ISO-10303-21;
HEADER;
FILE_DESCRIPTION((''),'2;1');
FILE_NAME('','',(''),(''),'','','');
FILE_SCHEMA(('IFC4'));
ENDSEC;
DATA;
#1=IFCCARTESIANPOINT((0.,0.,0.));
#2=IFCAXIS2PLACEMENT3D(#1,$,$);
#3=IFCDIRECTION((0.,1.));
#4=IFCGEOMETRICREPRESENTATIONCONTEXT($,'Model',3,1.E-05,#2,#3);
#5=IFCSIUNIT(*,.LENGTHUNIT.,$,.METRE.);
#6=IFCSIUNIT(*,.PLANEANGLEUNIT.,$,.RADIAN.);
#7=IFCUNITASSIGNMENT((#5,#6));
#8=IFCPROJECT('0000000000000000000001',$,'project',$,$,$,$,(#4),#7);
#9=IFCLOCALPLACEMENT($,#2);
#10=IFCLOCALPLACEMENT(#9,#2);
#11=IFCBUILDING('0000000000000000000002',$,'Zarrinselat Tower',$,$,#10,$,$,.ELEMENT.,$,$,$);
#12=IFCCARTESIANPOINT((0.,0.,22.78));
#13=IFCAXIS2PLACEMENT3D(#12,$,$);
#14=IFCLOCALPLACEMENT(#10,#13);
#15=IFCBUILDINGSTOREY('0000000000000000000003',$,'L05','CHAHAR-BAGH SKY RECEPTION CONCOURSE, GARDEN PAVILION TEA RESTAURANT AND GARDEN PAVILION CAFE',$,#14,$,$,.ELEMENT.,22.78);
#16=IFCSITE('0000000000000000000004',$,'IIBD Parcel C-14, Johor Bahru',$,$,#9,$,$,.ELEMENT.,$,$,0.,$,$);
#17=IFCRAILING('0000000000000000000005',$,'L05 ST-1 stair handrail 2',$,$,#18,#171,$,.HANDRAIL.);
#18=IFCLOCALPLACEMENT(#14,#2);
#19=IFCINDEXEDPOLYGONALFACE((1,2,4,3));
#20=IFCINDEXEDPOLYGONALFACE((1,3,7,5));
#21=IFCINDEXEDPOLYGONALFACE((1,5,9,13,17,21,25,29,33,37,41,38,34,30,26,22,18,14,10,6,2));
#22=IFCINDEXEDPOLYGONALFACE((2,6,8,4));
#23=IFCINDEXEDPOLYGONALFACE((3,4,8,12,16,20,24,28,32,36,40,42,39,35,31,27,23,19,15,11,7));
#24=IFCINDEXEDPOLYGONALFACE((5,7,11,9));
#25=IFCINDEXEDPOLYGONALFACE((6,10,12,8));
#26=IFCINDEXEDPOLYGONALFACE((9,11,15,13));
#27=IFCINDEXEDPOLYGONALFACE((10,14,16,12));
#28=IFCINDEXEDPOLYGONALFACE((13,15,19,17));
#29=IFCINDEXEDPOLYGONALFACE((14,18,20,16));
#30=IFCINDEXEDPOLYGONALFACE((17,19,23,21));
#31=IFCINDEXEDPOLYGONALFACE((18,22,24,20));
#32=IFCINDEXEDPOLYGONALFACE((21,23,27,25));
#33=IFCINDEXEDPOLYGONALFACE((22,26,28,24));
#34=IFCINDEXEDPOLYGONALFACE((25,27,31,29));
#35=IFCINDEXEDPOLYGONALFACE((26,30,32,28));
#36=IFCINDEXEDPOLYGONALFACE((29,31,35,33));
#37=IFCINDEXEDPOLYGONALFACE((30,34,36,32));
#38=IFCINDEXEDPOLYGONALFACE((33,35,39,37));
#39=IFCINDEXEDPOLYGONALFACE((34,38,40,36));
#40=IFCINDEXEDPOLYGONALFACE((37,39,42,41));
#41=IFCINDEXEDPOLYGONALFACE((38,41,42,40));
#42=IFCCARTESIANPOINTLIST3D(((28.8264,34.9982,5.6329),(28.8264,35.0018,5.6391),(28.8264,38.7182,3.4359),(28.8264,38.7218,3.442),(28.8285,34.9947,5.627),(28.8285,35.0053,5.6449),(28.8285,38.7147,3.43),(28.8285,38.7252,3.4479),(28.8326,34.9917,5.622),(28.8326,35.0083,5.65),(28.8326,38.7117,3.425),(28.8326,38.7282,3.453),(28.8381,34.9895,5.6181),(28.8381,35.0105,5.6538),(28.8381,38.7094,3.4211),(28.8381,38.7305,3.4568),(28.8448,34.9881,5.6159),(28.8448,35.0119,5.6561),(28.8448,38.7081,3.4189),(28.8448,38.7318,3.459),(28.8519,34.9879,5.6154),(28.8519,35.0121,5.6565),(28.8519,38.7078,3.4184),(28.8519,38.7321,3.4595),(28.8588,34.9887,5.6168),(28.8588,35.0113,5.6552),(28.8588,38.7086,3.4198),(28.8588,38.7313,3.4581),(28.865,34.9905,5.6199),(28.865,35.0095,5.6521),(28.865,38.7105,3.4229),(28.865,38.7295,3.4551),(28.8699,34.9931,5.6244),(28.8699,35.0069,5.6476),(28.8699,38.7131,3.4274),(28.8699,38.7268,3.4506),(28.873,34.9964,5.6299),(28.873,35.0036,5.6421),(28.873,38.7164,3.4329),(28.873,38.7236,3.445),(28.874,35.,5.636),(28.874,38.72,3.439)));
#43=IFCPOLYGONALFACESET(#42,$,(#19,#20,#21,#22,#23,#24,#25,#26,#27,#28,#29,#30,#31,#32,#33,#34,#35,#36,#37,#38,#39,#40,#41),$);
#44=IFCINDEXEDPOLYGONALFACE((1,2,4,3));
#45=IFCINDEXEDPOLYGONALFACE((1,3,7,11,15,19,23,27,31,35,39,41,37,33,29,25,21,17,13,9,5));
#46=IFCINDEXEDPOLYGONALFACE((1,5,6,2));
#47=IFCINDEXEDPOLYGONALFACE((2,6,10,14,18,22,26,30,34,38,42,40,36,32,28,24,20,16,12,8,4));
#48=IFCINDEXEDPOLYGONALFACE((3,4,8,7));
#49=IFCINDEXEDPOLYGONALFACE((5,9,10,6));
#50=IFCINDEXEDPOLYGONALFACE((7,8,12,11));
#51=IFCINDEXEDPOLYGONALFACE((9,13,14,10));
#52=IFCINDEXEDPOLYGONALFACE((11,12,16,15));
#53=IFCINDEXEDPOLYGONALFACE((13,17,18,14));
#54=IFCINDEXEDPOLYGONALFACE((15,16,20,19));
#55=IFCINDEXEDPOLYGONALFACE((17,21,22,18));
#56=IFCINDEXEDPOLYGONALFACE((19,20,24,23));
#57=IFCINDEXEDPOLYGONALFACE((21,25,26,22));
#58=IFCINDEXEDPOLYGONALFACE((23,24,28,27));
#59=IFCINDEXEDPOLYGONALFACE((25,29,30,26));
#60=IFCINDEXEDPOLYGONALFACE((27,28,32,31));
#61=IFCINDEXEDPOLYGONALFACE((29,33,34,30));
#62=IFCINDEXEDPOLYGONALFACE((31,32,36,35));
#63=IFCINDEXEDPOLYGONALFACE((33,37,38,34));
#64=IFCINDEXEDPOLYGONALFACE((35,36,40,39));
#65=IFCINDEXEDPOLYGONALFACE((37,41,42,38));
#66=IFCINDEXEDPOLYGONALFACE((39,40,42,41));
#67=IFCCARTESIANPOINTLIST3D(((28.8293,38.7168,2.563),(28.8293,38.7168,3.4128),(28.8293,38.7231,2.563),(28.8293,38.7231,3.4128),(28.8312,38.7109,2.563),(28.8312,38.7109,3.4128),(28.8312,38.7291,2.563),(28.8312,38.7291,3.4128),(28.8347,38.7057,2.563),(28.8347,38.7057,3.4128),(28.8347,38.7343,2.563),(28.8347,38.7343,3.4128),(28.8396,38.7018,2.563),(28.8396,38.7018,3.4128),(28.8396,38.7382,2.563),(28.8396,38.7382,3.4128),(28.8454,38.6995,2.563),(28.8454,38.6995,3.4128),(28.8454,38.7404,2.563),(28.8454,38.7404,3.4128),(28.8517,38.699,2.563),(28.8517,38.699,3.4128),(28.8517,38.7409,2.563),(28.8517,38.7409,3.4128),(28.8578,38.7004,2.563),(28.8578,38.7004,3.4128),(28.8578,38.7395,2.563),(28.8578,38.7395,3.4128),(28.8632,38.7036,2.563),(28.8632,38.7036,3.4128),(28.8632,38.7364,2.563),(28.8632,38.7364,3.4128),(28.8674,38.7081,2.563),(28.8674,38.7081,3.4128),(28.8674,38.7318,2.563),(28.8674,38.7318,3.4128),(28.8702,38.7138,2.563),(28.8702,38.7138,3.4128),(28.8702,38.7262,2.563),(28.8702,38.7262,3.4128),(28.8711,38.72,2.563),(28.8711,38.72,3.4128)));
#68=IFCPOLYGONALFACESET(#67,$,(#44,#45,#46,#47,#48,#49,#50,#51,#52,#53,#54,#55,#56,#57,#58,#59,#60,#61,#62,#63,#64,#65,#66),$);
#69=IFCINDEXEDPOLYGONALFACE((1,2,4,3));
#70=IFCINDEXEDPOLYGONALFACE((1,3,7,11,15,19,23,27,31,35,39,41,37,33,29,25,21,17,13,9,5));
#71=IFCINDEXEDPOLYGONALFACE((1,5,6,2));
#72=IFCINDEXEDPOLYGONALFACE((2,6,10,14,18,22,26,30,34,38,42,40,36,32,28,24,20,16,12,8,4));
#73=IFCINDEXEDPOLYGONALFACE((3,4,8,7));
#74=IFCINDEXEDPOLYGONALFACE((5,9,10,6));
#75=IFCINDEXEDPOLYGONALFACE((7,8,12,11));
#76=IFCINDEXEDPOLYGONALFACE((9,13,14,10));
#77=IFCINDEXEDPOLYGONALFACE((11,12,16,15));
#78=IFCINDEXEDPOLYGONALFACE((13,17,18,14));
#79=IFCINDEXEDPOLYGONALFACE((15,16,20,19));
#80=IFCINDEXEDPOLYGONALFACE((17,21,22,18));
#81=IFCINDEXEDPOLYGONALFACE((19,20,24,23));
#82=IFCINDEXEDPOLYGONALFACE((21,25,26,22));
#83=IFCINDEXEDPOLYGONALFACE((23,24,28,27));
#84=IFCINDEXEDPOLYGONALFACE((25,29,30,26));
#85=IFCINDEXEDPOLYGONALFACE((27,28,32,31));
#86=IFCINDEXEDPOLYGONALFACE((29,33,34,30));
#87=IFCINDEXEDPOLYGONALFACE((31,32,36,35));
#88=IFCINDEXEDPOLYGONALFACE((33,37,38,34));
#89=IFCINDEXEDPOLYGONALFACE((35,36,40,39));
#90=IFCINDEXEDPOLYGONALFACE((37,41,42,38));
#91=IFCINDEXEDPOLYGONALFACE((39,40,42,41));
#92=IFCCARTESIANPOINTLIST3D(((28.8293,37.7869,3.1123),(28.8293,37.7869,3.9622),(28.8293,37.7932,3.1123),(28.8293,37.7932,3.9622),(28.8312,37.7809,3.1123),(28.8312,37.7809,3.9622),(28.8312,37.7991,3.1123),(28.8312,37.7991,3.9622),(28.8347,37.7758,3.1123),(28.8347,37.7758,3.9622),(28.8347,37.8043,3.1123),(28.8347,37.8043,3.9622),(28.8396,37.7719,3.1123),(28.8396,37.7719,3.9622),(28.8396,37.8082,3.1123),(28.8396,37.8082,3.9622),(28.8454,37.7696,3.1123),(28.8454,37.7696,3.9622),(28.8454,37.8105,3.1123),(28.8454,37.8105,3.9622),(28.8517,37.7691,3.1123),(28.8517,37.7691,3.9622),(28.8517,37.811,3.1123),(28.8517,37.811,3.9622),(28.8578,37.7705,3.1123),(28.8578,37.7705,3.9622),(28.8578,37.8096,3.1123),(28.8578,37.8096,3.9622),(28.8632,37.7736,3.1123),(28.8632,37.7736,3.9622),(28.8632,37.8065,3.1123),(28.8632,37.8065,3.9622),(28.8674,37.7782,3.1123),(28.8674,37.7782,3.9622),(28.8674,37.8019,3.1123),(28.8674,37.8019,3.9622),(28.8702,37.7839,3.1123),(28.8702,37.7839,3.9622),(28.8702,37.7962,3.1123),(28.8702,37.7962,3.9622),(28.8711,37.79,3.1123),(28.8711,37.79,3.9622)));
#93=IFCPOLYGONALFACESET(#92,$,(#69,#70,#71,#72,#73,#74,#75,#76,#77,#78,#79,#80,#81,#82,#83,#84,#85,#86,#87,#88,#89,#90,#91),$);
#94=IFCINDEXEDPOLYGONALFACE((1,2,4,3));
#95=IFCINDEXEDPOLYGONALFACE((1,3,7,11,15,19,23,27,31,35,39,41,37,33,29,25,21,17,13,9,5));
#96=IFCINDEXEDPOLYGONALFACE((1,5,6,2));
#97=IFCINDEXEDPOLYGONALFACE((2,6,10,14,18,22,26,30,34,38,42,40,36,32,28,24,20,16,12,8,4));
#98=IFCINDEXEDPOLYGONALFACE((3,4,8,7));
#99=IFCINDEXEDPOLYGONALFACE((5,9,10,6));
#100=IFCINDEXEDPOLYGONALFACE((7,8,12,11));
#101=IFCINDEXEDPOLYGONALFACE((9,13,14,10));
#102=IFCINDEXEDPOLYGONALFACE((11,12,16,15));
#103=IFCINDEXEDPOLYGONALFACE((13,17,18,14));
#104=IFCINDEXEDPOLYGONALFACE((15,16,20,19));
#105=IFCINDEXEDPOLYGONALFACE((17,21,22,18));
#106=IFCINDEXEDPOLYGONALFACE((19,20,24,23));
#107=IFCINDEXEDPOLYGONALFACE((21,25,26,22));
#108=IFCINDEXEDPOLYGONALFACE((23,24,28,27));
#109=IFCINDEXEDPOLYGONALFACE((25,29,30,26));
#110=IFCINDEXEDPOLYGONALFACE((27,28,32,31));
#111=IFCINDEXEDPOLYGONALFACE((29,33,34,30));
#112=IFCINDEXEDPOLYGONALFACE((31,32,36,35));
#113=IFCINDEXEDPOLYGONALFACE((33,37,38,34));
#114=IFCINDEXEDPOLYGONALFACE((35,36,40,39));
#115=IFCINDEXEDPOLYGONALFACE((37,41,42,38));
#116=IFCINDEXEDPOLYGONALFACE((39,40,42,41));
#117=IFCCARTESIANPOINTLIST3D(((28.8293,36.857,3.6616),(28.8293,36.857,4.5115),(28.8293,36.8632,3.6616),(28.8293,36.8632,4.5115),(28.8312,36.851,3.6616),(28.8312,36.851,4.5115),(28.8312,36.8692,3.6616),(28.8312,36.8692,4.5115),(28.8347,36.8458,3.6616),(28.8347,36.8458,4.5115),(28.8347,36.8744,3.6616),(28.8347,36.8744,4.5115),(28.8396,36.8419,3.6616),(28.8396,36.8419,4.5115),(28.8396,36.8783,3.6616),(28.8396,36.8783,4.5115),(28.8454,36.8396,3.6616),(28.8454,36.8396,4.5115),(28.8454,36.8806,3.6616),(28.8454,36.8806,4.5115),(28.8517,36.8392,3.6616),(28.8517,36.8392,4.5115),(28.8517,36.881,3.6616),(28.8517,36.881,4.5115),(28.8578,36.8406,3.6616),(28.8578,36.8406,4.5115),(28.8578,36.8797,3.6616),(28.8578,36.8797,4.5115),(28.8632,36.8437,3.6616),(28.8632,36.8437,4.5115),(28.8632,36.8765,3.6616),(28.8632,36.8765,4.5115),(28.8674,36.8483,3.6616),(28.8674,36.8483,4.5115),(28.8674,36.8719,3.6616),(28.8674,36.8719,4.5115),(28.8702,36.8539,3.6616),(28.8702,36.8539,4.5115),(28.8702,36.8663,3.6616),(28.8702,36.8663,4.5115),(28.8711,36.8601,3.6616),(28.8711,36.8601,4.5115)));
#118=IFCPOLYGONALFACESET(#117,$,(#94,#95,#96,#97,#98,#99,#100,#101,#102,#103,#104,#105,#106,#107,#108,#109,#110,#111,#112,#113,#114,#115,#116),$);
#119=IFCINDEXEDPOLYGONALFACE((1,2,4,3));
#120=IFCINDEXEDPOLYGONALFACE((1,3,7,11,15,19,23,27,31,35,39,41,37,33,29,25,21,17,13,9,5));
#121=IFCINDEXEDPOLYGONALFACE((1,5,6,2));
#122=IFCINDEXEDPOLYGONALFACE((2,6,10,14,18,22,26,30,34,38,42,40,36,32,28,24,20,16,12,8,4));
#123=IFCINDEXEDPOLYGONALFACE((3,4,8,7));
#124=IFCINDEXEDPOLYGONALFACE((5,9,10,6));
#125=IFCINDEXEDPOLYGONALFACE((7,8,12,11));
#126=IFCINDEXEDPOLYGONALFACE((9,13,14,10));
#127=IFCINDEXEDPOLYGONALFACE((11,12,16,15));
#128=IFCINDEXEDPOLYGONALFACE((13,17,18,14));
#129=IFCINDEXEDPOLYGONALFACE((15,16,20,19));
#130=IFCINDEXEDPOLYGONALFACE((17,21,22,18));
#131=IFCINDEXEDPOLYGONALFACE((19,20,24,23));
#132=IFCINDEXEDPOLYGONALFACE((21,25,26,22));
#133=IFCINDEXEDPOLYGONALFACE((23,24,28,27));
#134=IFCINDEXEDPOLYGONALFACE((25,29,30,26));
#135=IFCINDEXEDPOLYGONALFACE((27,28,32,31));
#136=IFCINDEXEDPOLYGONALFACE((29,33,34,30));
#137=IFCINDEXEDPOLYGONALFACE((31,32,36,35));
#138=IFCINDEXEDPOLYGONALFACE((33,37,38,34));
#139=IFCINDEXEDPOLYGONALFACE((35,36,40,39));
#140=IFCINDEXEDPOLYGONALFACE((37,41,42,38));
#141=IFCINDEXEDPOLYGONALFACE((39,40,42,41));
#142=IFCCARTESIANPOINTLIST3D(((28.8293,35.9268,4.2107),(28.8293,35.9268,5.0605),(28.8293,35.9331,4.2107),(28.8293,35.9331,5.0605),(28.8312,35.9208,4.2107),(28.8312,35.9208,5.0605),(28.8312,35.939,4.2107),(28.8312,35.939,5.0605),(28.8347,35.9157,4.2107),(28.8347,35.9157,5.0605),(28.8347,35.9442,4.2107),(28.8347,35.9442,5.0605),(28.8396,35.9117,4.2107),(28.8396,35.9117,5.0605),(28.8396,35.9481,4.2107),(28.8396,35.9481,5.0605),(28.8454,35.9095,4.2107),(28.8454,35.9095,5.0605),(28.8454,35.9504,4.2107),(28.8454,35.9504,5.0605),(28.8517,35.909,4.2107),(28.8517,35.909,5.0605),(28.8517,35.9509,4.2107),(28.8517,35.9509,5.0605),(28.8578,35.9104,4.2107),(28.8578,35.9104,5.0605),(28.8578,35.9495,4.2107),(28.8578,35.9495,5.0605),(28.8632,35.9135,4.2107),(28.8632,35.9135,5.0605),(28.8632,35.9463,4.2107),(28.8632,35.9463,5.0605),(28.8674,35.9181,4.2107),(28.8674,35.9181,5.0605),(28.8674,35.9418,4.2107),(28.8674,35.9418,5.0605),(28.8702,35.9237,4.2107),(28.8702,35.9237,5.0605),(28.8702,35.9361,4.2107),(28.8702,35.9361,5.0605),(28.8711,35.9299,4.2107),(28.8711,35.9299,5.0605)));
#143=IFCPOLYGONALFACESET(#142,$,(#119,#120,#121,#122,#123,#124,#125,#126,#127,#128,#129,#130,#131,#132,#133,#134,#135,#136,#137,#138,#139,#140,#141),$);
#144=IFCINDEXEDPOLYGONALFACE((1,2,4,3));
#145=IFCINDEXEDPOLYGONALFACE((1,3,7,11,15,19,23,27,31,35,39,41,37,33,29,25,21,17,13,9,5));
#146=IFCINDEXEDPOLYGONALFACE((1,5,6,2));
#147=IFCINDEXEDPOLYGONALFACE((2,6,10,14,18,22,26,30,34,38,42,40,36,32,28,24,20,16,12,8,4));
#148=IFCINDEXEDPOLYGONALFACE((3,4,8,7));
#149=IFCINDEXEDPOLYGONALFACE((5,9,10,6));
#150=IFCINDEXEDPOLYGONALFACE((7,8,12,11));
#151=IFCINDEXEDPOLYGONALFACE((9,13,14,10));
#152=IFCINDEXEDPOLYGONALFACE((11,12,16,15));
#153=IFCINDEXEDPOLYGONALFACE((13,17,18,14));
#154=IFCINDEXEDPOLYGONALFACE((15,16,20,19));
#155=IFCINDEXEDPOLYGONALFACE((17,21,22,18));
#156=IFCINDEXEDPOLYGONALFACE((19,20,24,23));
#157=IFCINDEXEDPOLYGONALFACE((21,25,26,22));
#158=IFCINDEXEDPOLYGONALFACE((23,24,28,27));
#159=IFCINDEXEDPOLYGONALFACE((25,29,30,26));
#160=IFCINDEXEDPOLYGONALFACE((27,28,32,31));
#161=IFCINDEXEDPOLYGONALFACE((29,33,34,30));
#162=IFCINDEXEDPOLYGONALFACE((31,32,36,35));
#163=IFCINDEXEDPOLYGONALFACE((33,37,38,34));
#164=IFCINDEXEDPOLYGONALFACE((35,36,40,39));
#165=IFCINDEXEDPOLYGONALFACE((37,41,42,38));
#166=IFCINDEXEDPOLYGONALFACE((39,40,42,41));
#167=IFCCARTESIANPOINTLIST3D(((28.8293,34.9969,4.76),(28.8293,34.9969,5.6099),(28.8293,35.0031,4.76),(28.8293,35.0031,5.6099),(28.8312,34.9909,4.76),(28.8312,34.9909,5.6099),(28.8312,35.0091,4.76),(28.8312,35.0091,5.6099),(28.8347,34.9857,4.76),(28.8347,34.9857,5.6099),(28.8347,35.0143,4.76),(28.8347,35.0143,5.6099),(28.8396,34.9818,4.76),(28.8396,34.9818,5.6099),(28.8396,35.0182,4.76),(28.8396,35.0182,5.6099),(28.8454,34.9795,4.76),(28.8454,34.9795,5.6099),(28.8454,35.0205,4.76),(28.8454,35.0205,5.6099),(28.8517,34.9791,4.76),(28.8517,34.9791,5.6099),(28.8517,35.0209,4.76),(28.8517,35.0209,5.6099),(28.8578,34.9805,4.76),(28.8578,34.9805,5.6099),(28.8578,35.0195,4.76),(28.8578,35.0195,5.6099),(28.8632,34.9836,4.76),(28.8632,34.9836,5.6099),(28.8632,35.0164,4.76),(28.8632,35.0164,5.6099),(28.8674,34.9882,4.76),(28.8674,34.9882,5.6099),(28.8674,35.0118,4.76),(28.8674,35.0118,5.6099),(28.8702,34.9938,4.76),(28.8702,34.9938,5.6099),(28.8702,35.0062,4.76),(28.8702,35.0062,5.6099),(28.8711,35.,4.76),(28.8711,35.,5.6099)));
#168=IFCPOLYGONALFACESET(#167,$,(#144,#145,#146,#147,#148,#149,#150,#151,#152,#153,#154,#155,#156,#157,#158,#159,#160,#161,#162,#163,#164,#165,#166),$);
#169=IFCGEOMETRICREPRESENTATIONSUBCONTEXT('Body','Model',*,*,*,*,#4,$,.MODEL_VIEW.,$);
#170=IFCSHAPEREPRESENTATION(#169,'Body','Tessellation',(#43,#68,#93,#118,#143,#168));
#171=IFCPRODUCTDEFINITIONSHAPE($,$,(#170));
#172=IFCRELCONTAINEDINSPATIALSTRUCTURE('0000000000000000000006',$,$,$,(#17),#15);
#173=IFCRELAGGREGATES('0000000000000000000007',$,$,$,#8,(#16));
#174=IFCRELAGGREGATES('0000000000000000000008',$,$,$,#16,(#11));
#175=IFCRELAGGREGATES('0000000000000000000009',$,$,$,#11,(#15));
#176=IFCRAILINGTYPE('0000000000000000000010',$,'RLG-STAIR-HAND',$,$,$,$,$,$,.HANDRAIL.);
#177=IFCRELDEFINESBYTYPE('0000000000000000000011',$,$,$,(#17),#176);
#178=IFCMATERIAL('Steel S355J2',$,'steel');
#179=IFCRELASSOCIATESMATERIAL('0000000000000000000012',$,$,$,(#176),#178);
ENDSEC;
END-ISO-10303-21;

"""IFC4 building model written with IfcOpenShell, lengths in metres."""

from ifc_helpers import new_model, si_unit, direction, frame, origin, origin_2d, place, context, subcontext, project, spatial, circle, extrude, material, type_object, element, save


model = new_model("IFC4")

# Units and contexts
model_context = context("Model", 3, precision=1e-05, world=origin(), true_north=direction((0.0, 1.0)))
body_context = subcontext(model_context, "Body", "Model", "MODEL_VIEW")
ifc_project = project(units=[si_unit("LENGTHUNIT", "METRE"), si_unit("PLANEANGLEUNIT", "RADIAN")], contexts=[model_context])

# Site, building, storey
site_placement = place(None, origin())
site = spatial("IfcSite", under=ifc_project, at=site_placement, Name="IIBD Parcel C-14, Johor Bahru", CompositionType="ELEMENT", RefElevation=0.0)
building_placement = place(site_placement, origin())
building = spatial("IfcBuilding", under=site, at=building_placement, Name="Zarrinselat Tower", CompositionType="ELEMENT")
storey_placement = place(building_placement, frame((0.0, 0.0, 22.78)))
storey = spatial("IfcBuildingStorey", under=building, at=storey_placement, Name="L05", Description="CHAHAR-BAGH SKY RECEPTION CONCOURSE, GARDEN PAVILION TEA RESTAURANT AND GARDEN PAVILION CAFE", CompositionType="ELEMENT", Elevation=22.78)

# Railing
ifc_material_1 = material(Name="Steel S355J2", Category="steel")
railing_type_1 = type_object("IfcRailingType", Name="RLG-STAIR-HAND", PredefinedType="HANDRAIL", material=ifc_material_1)
railing_1_placement = place(storey_placement, frame((28.8501, 38.72, 2.563)))
element("IfcRailing", 1, at=railing_1_placement, inside=storey, type_object=railing_type_1, Name="L05 ST-1 stair handrail 2", PredefinedType="HANDRAIL", context=body_context, shape_type="SweptSolid", body=[
    extrude(circle(Radius=0.0239, at=origin_2d()), frame((0.0, 0.0, 0.876), z_axis=(0.0, -0.861042, 0.508533), x_axis=(1.0, 0.0, 0.0)), (0.0, 0.0, 1.0), 4.3203),
    extrude(circle(Radius=0.021, at=origin_2d()), origin(), (0.0, 0.0, 1.0), 0.8499),
    extrude(circle(Radius=0.021, at=origin_2d()), frame((0.0, -0.9299, 0.5493)), (0.0, 0.0, 1.0), 0.8499),
    extrude(circle(Radius=0.021, at=origin_2d()), frame((0.0, -1.8599, 1.0986)), (0.0, 0.0, 1.0), 0.8499),
    extrude(circle(Radius=0.021, at=origin_2d()), frame((0.0, -2.79, 1.6477)), (0.0, 0.0, 1.0), 0.8499),
    extrude(circle(Radius=0.021, at=origin_2d()), frame((0.0, -3.72, 2.197)), (0.0, 0.0, 1.0), 0.8499),
])

save(model, "model.ifc")
